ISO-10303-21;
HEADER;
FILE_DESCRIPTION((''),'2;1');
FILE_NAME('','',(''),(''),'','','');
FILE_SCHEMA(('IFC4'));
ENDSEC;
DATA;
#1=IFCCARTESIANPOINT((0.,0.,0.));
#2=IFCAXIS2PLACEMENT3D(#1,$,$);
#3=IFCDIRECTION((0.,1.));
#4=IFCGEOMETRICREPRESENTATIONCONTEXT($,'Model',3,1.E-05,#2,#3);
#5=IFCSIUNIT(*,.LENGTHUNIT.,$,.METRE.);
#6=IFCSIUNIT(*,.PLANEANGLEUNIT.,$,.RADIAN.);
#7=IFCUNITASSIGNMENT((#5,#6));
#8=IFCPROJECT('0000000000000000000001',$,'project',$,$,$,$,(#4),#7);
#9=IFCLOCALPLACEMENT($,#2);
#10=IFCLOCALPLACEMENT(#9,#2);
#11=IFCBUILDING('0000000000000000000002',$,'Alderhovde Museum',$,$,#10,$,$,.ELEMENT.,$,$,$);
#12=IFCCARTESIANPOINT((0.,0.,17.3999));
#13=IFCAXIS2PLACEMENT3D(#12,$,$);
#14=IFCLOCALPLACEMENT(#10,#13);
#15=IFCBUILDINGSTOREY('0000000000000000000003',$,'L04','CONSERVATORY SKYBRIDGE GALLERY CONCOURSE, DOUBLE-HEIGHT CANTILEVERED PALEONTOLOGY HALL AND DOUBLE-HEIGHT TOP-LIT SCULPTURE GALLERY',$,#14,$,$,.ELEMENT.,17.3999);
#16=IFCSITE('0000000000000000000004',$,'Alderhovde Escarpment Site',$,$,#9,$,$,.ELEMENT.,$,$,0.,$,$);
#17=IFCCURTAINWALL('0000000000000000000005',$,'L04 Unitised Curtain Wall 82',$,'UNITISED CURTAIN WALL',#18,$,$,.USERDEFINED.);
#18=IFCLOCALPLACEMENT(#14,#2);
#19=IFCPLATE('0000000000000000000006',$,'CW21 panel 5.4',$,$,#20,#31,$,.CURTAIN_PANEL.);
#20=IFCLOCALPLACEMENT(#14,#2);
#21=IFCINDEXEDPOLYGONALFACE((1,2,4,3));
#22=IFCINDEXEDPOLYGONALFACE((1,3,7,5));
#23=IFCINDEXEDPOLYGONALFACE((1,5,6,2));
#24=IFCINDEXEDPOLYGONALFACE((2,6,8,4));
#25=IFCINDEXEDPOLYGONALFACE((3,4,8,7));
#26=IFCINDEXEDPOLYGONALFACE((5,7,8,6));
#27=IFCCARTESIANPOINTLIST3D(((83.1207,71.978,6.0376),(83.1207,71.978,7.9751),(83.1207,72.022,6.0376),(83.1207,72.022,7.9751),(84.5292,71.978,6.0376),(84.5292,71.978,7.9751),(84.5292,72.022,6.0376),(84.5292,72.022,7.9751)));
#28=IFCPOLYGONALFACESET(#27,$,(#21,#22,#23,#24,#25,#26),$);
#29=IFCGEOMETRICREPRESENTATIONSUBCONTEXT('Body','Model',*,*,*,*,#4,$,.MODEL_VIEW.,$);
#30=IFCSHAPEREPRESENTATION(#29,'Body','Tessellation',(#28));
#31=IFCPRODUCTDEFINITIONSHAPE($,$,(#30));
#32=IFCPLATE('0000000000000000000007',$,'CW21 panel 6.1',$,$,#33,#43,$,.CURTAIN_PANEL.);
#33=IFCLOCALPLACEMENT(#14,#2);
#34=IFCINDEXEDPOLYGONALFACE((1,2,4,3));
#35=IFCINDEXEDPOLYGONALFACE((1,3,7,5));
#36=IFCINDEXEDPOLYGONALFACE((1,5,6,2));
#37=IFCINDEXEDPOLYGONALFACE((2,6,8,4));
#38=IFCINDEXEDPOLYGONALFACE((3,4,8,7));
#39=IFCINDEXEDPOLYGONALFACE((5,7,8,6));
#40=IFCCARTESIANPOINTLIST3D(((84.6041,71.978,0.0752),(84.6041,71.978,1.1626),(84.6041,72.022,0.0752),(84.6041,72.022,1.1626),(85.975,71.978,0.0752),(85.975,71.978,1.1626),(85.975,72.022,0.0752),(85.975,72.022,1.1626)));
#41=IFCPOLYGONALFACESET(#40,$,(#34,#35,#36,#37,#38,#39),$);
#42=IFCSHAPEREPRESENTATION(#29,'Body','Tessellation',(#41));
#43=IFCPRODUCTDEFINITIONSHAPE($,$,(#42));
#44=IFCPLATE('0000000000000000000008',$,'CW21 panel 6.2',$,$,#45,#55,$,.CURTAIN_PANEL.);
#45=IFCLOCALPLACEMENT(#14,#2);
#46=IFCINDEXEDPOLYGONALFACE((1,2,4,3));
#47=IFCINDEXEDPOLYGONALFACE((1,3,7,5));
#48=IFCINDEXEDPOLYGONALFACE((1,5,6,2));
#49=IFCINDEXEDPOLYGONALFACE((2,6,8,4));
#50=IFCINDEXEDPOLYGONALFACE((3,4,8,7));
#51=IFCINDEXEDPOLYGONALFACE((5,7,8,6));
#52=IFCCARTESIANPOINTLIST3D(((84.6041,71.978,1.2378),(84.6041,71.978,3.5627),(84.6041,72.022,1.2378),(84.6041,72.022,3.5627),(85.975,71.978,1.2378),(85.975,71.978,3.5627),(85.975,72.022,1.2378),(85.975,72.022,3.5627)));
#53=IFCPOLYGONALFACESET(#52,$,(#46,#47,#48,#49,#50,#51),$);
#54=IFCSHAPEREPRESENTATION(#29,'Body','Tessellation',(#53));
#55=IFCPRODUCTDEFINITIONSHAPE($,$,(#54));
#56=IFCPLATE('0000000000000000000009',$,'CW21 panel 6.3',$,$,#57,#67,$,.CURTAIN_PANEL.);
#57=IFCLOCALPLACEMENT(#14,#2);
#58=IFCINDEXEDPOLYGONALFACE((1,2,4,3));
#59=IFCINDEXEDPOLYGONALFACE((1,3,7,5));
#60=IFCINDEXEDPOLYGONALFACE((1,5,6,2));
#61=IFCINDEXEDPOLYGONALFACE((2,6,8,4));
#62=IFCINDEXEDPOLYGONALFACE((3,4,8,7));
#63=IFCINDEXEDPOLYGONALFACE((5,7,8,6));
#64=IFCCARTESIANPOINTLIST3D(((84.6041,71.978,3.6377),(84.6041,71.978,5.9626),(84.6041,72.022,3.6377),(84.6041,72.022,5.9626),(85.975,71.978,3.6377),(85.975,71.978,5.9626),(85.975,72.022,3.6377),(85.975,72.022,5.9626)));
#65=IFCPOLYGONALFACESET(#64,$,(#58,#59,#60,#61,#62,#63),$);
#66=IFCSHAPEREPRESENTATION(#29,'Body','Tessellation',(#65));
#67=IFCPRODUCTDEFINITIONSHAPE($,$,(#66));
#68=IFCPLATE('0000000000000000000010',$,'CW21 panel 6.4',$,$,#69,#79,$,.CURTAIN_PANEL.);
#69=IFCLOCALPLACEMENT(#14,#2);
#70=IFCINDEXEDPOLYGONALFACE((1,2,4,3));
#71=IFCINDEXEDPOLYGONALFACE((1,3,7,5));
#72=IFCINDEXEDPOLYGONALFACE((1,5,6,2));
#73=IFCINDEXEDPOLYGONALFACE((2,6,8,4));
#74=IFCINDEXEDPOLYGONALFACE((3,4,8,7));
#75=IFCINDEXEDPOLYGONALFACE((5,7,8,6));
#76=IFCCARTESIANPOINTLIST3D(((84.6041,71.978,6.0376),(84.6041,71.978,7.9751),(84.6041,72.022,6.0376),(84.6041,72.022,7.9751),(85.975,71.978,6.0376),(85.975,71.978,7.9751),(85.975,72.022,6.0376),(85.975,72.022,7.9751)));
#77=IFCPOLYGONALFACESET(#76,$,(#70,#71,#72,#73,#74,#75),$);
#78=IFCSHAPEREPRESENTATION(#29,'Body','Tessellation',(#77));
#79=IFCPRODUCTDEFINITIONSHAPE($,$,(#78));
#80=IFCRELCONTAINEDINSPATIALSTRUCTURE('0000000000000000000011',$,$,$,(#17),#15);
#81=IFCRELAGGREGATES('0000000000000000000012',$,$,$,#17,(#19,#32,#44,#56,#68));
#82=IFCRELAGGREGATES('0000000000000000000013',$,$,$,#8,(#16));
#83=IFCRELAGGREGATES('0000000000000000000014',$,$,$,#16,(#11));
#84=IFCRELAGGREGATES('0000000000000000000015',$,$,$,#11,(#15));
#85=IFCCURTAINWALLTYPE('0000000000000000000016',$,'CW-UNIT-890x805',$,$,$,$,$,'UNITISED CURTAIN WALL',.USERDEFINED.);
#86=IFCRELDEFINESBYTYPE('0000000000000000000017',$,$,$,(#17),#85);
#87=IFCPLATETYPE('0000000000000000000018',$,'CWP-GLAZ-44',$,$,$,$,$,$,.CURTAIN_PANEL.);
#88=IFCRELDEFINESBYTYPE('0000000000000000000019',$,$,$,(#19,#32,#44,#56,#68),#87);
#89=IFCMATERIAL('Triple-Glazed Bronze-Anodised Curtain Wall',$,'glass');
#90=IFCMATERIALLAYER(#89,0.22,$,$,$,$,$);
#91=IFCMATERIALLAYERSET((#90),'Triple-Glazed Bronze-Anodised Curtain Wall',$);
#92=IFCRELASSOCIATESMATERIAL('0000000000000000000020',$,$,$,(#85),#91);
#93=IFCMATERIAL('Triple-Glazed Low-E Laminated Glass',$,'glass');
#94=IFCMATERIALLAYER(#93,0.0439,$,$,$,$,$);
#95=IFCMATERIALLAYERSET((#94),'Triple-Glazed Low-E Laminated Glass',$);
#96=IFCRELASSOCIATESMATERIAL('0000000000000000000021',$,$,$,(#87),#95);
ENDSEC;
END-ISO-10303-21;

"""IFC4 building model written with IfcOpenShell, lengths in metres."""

from ifc_helpers import new_model, si_unit, direction, frame, origin, origin_2d, place, context, subcontext, project, spatial, rectangle, extrude, material, layer, layer_set, type_object, element, aggregate, save


model = new_model("IFC4")

# Units and contexts
model_context = context("Model", 3, precision=1e-05, world=origin(), true_north=direction((0.0, 1.0)))
body_context = subcontext(model_context, "Body", "Model", "MODEL_VIEW")
ifc_project = project(units=[si_unit("LENGTHUNIT", "METRE"), si_unit("PLANEANGLEUNIT", "RADIAN")], contexts=[model_context])

# Site, building, storey
site_placement = place(None, origin())
site = spatial("IfcSite", under=ifc_project, at=site_placement, Name="Alderhovde Escarpment Site", CompositionType="ELEMENT", RefElevation=0.0)
building_placement = place(site_placement, origin())
building = spatial("IfcBuilding", under=site, at=building_placement, Name="Alderhovde Museum", CompositionType="ELEMENT")
storey_placement = place(building_placement, frame((0.0, 0.0, 17.3999)))
storey = spatial("IfcBuildingStorey", under=building, at=storey_placement, Name="L04", Description="CONSERVATORY SKYBRIDGE GALLERY CONCOURSE, DOUBLE-HEIGHT CANTILEVERED PALEONTOLOGY HALL AND DOUBLE-HEIGHT TOP-LIT SCULPTURE GALLERY", CompositionType="ELEMENT", Elevation=17.3999)

# Curtain wall
ifc_material_1 = material(Name="Triple-Glazed Bronze-Anodised Curtain Wall", Category="glass")
ifc_layer_1 = layer(ifc_material_1, 0.22)
ifc_layer_set_1 = layer_set([ifc_layer_1], Name="Triple-Glazed Bronze-Anodised Curtain Wall")
curtain_wall_type = type_object("IfcCurtainWallType", Name="CW-UNIT-890x805", ElementType="UNITISED CURTAIN WALL", PredefinedType="USERDEFINED", material=ifc_layer_set_1)
curtain_wall_1_placement = place(storey_placement, origin())
curtain_wall_1 = element("IfcCurtainWall", 1, at=curtain_wall_1_placement, inside=storey, type_object=curtain_wall_type, Name="L04 Unitised Curtain Wall 82", ObjectType="UNITISED CURTAIN WALL", PredefinedType="USERDEFINED")

# Plates
ifc_material_2 = material(Name="Triple-Glazed Low-E Laminated Glass", Category="glass")
ifc_layer_2 = layer(ifc_material_2, 0.0439)
ifc_layer_set_2 = layer_set([ifc_layer_2], Name="Triple-Glazed Low-E Laminated Glass")
plate_type_1 = type_object("IfcPlateType", Name="CWP-GLAZ-44", PredefinedType="CURTAIN_PANEL", material=ifc_layer_set_2)
plate_1_placement = place(storey_placement, frame((83.825, 72.0, 6.0376), z_axis=(0.0, 0.0, 1.0), x_axis=(1.0, 0.0, 0.0)))
plate_1 = element("IfcPlate", 2, at=plate_1_placement, type_object=plate_type_1, Name="CW21 panel 5.4", PredefinedType="CURTAIN_PANEL", context=body_context, shape_type="SweptSolid", body=[
    extrude(rectangle(XDim=1.4084, YDim=0.0439, at=origin_2d()), origin(), (0.0, 0.0, 1.0), 1.9375),
])
plate_2_placement = place(storey_placement, frame((85.2896, 72.0, 0.0752), z_axis=(0.0, 0.0, 1.0), x_axis=(1.0, 0.0, 0.0)))
plate_2 = element("IfcPlate", 3, at=plate_2_placement, type_object=plate_type_1, Name="CW21 panel 6.1", PredefinedType="CURTAIN_PANEL", context=body_context, shape_type="SweptSolid", body=[
    extrude(rectangle(XDim=1.3708, YDim=0.0439, at=origin_2d()), origin(), (0.0, 0.0, 1.0), 1.0874),
])
plate_3_placement = place(storey_placement, frame((85.2896, 72.0, 1.2378), z_axis=(0.0, 0.0, 1.0), x_axis=(1.0, 0.0, 0.0)))
plate_3 = element("IfcPlate", 4, at=plate_3_placement, type_object=plate_type_1, Name="CW21 panel 6.2", PredefinedType="CURTAIN_PANEL", context=body_context, shape_type="SweptSolid", body=[
    extrude(rectangle(XDim=1.3708, YDim=0.0439, at=origin_2d()), origin(), (0.0, 0.0, 1.0), 2.325),
])
plate_4_placement = place(storey_placement, frame((85.2896, 72.0, 3.6377), z_axis=(0.0, 0.0, 1.0), x_axis=(1.0, 0.0, 0.0)))
plate_4 = element("IfcPlate", 5, at=plate_4_placement, type_object=plate_type_1, Name="CW21 panel 6.3", PredefinedType="CURTAIN_PANEL", context=body_context, shape_type="SweptSolid", body=[
    extrude(rectangle(XDim=1.3708, YDim=0.0439, at=origin_2d()), origin(), (0.0, 0.0, 1.0), 2.325),
])
plate_5_placement = place(storey_placement, frame((85.2896, 72.0, 6.0376), z_axis=(0.0, 0.0, 1.0), x_axis=(1.0, 0.0, 0.0)))
plate_5 = element("IfcPlate", 6, at=plate_5_placement, type_object=plate_type_1, Name="CW21 panel 6.4", PredefinedType="CURTAIN_PANEL", context=body_context, shape_type="SweptSolid", body=[
    extrude(rectangle(XDim=1.3708, YDim=0.0439, at=origin_2d()), origin(), (0.0, 0.0, 1.0), 1.9375),
])
aggregate(curtain_wall_1, [plate_1, plate_2, plate_3, plate_4, plate_5])

save(model, "model.ifc")
